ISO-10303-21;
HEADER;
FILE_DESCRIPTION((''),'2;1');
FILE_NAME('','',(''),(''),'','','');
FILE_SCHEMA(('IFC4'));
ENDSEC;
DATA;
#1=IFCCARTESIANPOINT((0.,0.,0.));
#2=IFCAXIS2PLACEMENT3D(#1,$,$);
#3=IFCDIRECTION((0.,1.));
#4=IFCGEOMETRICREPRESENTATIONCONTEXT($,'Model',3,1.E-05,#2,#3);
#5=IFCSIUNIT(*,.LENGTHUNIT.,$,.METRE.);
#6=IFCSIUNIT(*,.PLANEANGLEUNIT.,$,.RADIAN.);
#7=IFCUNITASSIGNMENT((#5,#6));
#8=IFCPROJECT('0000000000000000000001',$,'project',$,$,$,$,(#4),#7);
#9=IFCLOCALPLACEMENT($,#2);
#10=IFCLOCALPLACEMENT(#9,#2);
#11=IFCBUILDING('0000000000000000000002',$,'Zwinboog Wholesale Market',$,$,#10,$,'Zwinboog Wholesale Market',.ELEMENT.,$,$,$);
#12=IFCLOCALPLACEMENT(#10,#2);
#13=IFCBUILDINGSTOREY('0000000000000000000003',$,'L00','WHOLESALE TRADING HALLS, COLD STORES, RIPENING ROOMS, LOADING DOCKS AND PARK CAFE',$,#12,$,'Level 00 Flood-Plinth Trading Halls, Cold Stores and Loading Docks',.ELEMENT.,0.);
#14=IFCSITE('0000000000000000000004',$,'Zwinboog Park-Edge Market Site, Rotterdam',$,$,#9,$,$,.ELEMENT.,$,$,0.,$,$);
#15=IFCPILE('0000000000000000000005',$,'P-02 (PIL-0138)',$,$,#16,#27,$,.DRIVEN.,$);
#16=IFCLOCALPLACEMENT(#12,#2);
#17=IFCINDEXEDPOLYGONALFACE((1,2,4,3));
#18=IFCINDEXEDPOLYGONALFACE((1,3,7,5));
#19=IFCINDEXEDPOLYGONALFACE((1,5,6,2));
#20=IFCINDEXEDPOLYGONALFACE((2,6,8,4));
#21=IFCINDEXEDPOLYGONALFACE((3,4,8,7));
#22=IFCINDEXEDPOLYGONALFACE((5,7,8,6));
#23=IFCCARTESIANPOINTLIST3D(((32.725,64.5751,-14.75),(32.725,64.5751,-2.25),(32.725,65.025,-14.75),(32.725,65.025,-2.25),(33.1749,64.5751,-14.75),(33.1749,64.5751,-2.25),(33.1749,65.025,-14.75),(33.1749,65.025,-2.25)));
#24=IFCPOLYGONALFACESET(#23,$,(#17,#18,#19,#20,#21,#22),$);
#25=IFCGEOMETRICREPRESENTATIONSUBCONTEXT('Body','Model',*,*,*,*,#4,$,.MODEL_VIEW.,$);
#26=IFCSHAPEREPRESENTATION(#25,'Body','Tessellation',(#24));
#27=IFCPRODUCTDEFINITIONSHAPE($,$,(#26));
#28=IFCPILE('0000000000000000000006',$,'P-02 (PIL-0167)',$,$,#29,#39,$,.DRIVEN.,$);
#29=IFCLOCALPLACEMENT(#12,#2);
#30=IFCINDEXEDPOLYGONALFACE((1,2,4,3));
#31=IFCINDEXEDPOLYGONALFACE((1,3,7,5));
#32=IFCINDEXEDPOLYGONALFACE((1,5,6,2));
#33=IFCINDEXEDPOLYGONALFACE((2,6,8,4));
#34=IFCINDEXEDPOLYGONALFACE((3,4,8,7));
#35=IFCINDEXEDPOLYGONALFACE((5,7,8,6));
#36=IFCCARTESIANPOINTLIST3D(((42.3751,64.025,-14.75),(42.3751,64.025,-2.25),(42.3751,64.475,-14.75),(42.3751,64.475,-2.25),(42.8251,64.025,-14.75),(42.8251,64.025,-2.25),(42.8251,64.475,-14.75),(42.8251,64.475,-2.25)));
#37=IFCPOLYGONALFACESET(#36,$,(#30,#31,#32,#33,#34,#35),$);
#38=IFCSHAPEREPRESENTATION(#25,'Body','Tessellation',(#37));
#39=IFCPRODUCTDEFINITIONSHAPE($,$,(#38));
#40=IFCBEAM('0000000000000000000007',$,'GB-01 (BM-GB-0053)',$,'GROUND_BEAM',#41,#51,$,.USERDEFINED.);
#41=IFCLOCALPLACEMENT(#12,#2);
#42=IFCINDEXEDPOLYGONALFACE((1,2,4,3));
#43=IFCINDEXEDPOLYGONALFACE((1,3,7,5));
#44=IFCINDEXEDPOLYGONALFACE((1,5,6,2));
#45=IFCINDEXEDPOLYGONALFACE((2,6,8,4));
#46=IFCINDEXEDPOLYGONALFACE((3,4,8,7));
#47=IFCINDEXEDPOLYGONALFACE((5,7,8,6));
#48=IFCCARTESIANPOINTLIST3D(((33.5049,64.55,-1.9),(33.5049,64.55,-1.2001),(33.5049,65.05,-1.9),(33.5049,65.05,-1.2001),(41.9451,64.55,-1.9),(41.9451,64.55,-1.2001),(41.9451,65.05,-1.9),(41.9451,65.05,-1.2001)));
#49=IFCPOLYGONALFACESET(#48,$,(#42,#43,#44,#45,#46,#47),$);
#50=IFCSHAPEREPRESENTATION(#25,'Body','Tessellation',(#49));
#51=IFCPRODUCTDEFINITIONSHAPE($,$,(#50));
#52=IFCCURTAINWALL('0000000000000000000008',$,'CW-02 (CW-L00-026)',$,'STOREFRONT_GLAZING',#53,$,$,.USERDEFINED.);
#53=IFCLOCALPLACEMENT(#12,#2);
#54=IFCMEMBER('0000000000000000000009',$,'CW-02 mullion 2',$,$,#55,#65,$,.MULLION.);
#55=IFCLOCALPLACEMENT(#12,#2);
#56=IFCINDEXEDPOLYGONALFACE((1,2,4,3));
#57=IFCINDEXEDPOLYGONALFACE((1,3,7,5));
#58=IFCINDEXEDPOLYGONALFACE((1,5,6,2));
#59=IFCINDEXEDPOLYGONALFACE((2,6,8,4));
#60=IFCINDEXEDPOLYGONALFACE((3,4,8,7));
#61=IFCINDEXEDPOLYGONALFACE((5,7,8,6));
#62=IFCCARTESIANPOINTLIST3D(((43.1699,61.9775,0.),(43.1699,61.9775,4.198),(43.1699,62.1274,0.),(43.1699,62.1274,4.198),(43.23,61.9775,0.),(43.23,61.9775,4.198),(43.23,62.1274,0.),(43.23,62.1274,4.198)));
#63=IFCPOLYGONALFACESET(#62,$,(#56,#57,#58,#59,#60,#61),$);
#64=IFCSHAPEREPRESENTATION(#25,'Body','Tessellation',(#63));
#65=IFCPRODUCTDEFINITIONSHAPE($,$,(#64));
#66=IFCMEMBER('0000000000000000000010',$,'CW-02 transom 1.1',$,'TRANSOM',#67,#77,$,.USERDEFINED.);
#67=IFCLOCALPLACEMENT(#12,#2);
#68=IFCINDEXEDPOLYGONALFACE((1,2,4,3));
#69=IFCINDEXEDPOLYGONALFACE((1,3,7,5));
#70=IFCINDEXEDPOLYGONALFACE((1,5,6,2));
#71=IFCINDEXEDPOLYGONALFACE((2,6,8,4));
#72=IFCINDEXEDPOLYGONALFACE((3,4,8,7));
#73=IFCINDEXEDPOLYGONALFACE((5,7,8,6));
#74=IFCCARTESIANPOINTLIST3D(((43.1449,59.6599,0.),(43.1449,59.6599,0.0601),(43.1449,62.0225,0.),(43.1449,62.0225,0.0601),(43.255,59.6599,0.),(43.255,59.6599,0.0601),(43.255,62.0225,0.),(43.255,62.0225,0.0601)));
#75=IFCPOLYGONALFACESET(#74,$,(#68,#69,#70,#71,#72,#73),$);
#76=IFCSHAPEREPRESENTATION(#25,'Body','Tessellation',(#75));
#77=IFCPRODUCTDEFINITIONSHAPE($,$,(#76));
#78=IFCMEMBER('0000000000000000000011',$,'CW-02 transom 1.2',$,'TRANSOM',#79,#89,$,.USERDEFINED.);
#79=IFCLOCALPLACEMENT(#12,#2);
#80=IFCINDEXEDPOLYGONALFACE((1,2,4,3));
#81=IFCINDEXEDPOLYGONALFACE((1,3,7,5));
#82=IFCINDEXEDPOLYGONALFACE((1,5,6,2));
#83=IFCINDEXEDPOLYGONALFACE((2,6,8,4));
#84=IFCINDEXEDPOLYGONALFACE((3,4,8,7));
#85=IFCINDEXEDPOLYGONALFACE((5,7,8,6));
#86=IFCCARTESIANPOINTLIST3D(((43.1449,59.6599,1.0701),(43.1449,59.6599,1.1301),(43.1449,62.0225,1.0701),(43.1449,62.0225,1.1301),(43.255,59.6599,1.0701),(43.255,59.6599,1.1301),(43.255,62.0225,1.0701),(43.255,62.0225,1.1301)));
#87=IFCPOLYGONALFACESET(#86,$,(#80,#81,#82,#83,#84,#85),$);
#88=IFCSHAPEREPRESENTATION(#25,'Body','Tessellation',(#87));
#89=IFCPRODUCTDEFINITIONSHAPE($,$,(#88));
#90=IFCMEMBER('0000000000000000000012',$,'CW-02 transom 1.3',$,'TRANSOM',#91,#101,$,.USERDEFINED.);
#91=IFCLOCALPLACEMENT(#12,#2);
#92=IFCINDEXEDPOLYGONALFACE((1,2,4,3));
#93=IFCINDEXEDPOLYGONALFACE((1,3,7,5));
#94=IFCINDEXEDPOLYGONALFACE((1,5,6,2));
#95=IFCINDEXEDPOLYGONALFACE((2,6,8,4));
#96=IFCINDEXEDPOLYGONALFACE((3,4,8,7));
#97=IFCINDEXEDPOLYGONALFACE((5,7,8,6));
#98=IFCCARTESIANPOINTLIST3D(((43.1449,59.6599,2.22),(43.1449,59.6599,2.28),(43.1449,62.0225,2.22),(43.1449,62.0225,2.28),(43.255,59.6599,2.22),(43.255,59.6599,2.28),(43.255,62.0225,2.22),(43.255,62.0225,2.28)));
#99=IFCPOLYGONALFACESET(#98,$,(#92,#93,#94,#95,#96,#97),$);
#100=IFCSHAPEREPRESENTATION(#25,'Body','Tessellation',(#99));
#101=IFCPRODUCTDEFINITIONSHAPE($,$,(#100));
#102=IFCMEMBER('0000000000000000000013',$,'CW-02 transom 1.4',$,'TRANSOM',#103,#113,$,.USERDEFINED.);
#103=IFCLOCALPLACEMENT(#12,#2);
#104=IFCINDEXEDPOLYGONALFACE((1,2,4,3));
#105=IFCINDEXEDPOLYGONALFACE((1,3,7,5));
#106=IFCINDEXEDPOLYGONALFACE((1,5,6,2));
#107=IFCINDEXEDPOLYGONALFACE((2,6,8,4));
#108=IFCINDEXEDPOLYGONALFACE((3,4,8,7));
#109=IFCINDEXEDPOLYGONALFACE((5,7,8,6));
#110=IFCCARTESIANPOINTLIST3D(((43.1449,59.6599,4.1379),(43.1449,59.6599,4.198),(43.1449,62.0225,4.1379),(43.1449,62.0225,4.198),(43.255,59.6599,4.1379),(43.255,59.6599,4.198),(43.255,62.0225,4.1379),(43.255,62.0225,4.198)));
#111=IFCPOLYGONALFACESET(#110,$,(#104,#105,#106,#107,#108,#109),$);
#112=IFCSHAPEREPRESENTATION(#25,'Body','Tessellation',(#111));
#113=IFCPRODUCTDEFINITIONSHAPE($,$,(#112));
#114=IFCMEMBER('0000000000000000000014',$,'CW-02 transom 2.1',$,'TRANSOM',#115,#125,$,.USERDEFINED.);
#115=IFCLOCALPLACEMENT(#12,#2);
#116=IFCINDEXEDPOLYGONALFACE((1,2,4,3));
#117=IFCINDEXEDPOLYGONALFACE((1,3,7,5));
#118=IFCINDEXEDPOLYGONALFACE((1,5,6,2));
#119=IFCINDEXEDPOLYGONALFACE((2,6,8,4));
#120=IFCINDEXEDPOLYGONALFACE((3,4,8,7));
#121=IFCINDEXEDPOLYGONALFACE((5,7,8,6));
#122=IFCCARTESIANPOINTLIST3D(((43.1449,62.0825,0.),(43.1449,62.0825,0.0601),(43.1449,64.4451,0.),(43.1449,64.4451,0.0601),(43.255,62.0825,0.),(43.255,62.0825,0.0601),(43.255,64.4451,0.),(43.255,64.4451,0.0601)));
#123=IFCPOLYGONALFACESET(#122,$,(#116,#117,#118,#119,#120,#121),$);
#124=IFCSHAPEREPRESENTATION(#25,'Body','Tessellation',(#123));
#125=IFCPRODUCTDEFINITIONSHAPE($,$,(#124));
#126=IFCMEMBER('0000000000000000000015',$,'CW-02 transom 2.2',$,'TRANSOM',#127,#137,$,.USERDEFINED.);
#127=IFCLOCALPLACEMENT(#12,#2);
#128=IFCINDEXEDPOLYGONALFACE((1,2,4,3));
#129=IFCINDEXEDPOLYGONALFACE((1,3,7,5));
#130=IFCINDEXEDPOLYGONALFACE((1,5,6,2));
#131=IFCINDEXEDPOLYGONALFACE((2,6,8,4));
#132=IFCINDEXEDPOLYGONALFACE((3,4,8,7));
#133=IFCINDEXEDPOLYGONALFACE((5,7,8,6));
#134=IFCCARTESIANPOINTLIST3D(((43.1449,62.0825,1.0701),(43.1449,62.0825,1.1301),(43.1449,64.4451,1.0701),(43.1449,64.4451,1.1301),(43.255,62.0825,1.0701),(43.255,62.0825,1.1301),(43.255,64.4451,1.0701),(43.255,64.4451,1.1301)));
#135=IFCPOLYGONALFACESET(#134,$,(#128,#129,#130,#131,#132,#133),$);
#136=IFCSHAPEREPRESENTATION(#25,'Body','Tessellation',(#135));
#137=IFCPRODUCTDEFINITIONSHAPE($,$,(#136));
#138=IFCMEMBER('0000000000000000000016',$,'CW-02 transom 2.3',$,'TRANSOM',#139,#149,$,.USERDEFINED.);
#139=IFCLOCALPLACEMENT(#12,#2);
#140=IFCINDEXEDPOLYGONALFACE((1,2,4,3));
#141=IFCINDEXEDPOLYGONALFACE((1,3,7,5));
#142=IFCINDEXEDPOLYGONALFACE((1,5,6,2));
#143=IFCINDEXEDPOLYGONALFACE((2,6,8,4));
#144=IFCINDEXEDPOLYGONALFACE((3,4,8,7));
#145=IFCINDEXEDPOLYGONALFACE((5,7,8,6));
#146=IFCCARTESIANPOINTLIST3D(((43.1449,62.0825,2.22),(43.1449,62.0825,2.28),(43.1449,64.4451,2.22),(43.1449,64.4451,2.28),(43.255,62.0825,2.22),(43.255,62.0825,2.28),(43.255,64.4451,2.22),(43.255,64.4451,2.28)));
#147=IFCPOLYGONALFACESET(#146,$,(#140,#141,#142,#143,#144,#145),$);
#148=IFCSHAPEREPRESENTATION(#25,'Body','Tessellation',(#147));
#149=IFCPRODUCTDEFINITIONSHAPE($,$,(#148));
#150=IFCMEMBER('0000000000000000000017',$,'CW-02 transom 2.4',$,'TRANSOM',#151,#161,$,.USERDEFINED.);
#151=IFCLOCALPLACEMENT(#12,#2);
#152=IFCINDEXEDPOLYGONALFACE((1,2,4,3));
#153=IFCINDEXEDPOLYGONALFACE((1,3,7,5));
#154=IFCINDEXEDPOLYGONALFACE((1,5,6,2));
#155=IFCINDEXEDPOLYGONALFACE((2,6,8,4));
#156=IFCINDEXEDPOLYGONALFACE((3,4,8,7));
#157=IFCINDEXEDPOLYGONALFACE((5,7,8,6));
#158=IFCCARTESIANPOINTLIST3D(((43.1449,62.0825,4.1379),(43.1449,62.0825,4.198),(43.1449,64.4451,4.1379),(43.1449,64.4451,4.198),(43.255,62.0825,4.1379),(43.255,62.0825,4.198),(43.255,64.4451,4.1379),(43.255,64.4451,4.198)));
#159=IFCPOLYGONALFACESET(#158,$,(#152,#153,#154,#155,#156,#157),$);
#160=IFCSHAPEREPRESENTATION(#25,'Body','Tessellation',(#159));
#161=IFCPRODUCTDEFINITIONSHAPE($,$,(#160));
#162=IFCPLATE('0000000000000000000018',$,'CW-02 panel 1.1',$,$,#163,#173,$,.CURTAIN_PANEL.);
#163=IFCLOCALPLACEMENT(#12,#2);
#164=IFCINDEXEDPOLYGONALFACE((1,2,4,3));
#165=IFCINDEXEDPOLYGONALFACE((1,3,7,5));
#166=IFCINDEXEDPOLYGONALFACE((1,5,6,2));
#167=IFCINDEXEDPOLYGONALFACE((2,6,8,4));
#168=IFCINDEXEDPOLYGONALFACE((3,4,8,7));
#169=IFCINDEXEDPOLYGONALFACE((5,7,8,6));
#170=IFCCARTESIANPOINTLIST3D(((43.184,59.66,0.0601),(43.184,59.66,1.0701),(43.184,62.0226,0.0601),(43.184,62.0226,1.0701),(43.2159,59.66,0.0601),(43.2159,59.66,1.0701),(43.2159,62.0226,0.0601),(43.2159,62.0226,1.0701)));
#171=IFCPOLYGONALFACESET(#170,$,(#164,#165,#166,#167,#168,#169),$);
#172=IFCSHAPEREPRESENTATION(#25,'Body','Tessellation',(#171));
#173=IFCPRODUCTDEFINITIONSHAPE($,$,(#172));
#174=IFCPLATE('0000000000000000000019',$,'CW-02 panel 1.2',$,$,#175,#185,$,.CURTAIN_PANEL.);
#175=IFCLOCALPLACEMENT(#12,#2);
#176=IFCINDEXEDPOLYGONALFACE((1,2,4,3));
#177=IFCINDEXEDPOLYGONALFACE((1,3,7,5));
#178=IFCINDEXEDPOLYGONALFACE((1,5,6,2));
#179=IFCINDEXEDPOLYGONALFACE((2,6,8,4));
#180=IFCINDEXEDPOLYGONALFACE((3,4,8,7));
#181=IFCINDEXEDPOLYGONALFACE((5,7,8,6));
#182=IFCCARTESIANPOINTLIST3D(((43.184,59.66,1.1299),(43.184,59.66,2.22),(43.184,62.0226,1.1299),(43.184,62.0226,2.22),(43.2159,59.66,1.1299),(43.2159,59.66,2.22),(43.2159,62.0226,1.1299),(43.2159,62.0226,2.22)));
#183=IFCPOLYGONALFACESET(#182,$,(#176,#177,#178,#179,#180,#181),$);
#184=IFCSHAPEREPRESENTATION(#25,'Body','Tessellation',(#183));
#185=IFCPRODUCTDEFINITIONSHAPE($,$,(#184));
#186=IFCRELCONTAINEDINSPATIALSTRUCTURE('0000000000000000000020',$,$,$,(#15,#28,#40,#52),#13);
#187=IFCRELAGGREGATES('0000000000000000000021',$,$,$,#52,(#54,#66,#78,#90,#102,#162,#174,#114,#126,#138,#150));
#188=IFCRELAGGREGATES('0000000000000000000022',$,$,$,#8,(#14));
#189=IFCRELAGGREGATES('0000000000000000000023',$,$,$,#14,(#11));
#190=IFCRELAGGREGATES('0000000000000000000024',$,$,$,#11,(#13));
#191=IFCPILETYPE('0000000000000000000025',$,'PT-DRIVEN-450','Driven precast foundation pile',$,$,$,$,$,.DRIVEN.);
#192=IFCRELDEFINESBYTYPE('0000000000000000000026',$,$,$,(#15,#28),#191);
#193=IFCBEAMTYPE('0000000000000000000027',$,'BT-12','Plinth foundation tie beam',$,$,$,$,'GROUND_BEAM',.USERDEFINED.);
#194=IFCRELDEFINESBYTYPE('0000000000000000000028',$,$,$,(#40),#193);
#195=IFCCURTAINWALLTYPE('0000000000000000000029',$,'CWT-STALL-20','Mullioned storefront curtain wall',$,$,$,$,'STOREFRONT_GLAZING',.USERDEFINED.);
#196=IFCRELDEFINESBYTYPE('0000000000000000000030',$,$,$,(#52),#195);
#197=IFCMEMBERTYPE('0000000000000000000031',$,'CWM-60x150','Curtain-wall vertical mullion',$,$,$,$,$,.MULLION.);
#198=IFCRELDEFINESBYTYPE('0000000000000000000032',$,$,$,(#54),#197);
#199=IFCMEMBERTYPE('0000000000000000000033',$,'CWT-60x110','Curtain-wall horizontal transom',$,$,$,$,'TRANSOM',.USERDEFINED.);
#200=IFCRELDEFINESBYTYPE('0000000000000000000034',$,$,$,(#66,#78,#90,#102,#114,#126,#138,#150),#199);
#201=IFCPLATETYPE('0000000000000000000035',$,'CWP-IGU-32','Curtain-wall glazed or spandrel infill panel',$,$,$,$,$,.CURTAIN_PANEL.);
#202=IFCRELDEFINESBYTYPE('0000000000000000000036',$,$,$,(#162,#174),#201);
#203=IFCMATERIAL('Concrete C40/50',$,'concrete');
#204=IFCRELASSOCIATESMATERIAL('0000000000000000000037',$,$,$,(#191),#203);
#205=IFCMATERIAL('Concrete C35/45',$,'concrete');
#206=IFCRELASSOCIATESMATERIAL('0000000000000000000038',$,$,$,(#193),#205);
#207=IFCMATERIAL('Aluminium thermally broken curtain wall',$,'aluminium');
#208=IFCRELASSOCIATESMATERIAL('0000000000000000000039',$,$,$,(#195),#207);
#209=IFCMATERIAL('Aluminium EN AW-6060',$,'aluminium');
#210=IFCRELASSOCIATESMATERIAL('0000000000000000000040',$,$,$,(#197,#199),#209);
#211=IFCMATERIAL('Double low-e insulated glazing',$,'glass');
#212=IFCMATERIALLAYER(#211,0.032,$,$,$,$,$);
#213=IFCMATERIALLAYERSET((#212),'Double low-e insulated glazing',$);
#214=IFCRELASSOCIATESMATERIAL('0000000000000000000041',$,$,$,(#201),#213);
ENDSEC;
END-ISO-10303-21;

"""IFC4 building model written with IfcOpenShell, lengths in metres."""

from ifc_helpers import new_model, si_unit, direction, frame, origin, origin_2d, place, context, subcontext, project, spatial, rectangle, extrude, material, layer, layer_set, material_profile, profile_set, type_object, element, aggregate, save


model = new_model("IFC4")

# Units and contexts
model_context = context("Model", 3, precision=1e-05, world=origin(), true_north=direction((0.0, 1.0)))
body_context = subcontext(model_context, "Body", "Model", "MODEL_VIEW")
ifc_project = project(units=[si_unit("LENGTHUNIT", "METRE"), si_unit("PLANEANGLEUNIT", "RADIAN")], contexts=[model_context])

# Site, building, storey
site_placement = place(None, origin())
site = spatial("IfcSite", under=ifc_project, at=site_placement, Name="Zwinboog Park-Edge Market Site, Rotterdam", CompositionType="ELEMENT", RefElevation=0.0)
building_placement = place(site_placement, origin())
building = spatial("IfcBuilding", under=site, at=building_placement, Name="Zwinboog Wholesale Market", LongName="Zwinboog Wholesale Market", CompositionType="ELEMENT")
storey_placement = place(building_placement, origin())
storey = spatial("IfcBuildingStorey", under=building, at=storey_placement, Name="L00", Description="WHOLESALE TRADING HALLS, COLD STORES, RIPENING ROOMS, LOADING DOCKS AND PARK CAFE", LongName="Level 00 Flood-Plinth Trading Halls, Cold Stores and Loading Docks", CompositionType="ELEMENT", Elevation=0.0)

# Piles
ifc_material_1 = material(Name="Concrete C40/50", Category="concrete")
ifc_material_profile_1 = material_profile(ifc_material_1, rectangle(XDim=0.45, YDim=0.45, at=origin_2d()), Name="PILE SQ450")
ifc_profile_set_1 = profile_set([ifc_material_profile_1], Name="Concrete C40/50")
pile_type = type_object("IfcPileType", Name="PT-DRIVEN-450", Description="Driven precast foundation pile", PredefinedType="DRIVEN", material=ifc_profile_set_1)
for number, where, z_axis, x_axis, name in (
    (1, (32.95, 64.8, -2.25), (0.0, 0.0, -1.0), (1.0, 0.0, 0.0), "P-02 (PIL-0138)"),
    (2, (42.6001, 64.25, -2.25), (0.0, 0.0, -1.0), (1.0, 0.0, 0.0), "P-02 (PIL-0167)"),
):
    element("IfcPile", number, at=place(storey_placement, frame(where, z_axis=z_axis, x_axis=x_axis)), inside=storey, type_object=pile_type, Name=name, PredefinedType="DRIVEN", context=body_context, shape_type="SweptSolid", body=[
        extrude(rectangle(XDim=0.45, YDim=0.45, at=origin_2d()), origin(), (0.0, 0.0, 1.0), 12.5),
    ])

# Beam
ifc_material_2 = material(Name="Concrete C35/45", Category="concrete")
ifc_material_profile_2 = material_profile(ifc_material_2, rectangle(XDim=0.5, YDim=0.7, at=origin_2d()), Name="RC 500x700")
ifc_profile_set_2 = profile_set([ifc_material_profile_2], Name="Concrete C35/45")
beam_type = type_object("IfcBeamType", Name="BT-12", Description="Plinth foundation tie beam", ElementType="GROUND_BEAM", PredefinedType="USERDEFINED", material=ifc_profile_set_2)
beam_placement = place(storey_placement, frame((33.5049, 64.8, -1.55), z_axis=(1.0, 0.0, 0.0), x_axis=(0.0, 1.0, 0.0)))
element("IfcBeam", 3, at=beam_placement, inside=storey, type_object=beam_type, Name="GB-01 (BM-GB-0053)", ObjectType="GROUND_BEAM", PredefinedType="USERDEFINED", context=body_context, shape_type="SweptSolid", body=[
    extrude(rectangle(XDim=0.5, YDim=0.7, at=origin_2d()), origin(), (0.0, 0.0, 1.0), 8.4402),
])

# Curtain wall, members, plates
ifc_material_3 = material(Name="Aluminium thermally broken curtain wall", Category="aluminium")
curtain_wall_type = type_object("IfcCurtainWallType", Name="CWT-STALL-20", Description="Mullioned storefront curtain wall", ElementType="STOREFRONT_GLAZING", PredefinedType="USERDEFINED", material=ifc_material_3)
curtain_wall_placement = place(storey_placement, origin())
curtain_wall = element("IfcCurtainWall", 4, at=curtain_wall_placement, inside=storey, type_object=curtain_wall_type, Name="CW-02 (CW-L00-026)", ObjectType="STOREFRONT_GLAZING", PredefinedType="USERDEFINED")
ifc_material_4 = material(Name="Aluminium EN AW-6060", Category="aluminium")
ifc_material_profile_3 = material_profile(ifc_material_4, rectangle(XDim=0.0601, YDim=0.1499, at=origin_2d()), Name="AL 60x150")
ifc_profile_set_3 = profile_set([ifc_material_profile_3], Name="Aluminium EN AW-6060")
member_type_1 = type_object("IfcMemberType", Name="CWM-60x150", Description="Curtain-wall vertical mullion", PredefinedType="MULLION", material=ifc_profile_set_3)
member_1_placement = place(storey_placement, frame((43.2, 62.0525, 0.0), z_axis=(0.0, 0.0, 1.0), x_axis=(-1.0, 0.0, 0.0)))
member_1 = element("IfcMember", 5, at=member_1_placement, type_object=member_type_1, Name="CW-02 mullion 2", PredefinedType="MULLION", context=body_context, shape_type="SweptSolid", body=[
    extrude(rectangle(XDim=0.0601, YDim=0.1499, at=origin_2d()), origin(), (0.0, 0.0, 1.0), 4.198),
])
ifc_material_profile_4 = material_profile(ifc_material_4, rectangle(XDim=0.1101, YDim=0.0601, at=origin_2d()), Name="AL 60x110")
ifc_profile_set_4 = profile_set([ifc_material_profile_4], Name="Aluminium EN AW-6060")
member_type_2 = type_object("IfcMemberType", Name="CWT-60x110", Description="Curtain-wall horizontal transom", ElementType="TRANSOM", PredefinedType="USERDEFINED", material=ifc_profile_set_4)
member_2_placement = place(storey_placement, frame((43.2, 59.6599, 0.03), z_axis=(0.0, 1.0, 0.0), x_axis=(-1.0, 0.0, 0.0)))
member_2 = element("IfcMember", 6, at=member_2_placement, type_object=member_type_2, Name="CW-02 transom 1.1", ObjectType="TRANSOM", PredefinedType="USERDEFINED", context=body_context, shape_type="SweptSolid", body=[
    extrude(rectangle(XDim=0.1101, YDim=0.0601, at=origin_2d()), origin(), (0.0, 0.0, 1.0), 2.3625),
])
member_3_placement = place(storey_placement, frame((43.2, 59.6599, 1.1001), z_axis=(0.0, 1.0, 0.0), x_axis=(-1.0, 0.0, 0.0)))
member_3 = element("IfcMember", 7, at=member_3_placement, type_object=member_type_2, Name="CW-02 transom 1.2", ObjectType="TRANSOM", PredefinedType="USERDEFINED", context=body_context, shape_type="SweptSolid", body=[
    extrude(rectangle(XDim=0.1101, YDim=0.0601, at=origin_2d()), origin(), (0.0, 0.0, 1.0), 2.3625),
])
member_4_placement = place(storey_placement, frame((43.2, 59.6599, 2.25), z_axis=(0.0, 1.0, 0.0), x_axis=(-1.0, 0.0, 0.0)))
member_4 = element("IfcMember", 8, at=member_4_placement, type_object=member_type_2, Name="CW-02 transom 1.3", ObjectType="TRANSOM", PredefinedType="USERDEFINED", context=body_context, shape_type="SweptSolid", body=[
    extrude(rectangle(XDim=0.1101, YDim=0.0601, at=origin_2d()), origin(), (0.0, 0.0, 1.0), 2.3625),
])
member_5_placement = place(storey_placement, frame((43.2, 59.6599, 4.168), z_axis=(0.0, 1.0, 0.0), x_axis=(-1.0, 0.0, 0.0)))
member_5 = element("IfcMember", 9, at=member_5_placement, type_object=member_type_2, Name="CW-02 transom 1.4", ObjectType="TRANSOM", PredefinedType="USERDEFINED", context=body_context, shape_type="SweptSolid", body=[
    extrude(rectangle(XDim=0.1101, YDim=0.0601, at=origin_2d()), origin(), (0.0, 0.0, 1.0), 2.3625),
])
member_6_placement = place(storey_placement, frame((43.2, 62.0825, 0.03), z_axis=(0.0, 1.0, 0.0), x_axis=(-1.0, 0.0, 0.0)))
member_6 = element("IfcMember", 10, at=member_6_placement, type_object=member_type_2, Name="CW-02 transom 2.1", ObjectType="TRANSOM", PredefinedType="USERDEFINED", context=body_context, shape_type="SweptSolid", body=[
    extrude(rectangle(XDim=0.1101, YDim=0.0601, at=origin_2d()), origin(), (0.0, 0.0, 1.0), 2.3625),
])
member_7_placement = place(storey_placement, frame((43.2, 62.0825, 1.1001), z_axis=(0.0, 1.0, 0.0), x_axis=(-1.0, 0.0, 0.0)))
member_7 = element("IfcMember", 11, at=member_7_placement, type_object=member_type_2, Name="CW-02 transom 2.2", ObjectType="TRANSOM", PredefinedType="USERDEFINED", context=body_context, shape_type="SweptSolid", body=[
    extrude(rectangle(XDim=0.1101, YDim=0.0601, at=origin_2d()), origin(), (0.0, 0.0, 1.0), 2.3625),
])
member_8_placement = place(storey_placement, frame((43.2, 62.0825, 2.25), z_axis=(0.0, 1.0, 0.0), x_axis=(-1.0, 0.0, 0.0)))
member_8 = element("IfcMember", 12, at=member_8_placement, type_object=member_type_2, Name="CW-02 transom 2.3", ObjectType="TRANSOM", PredefinedType="USERDEFINED", context=body_context, shape_type="SweptSolid", body=[
    extrude(rectangle(XDim=0.1101, YDim=0.0601, at=origin_2d()), origin(), (0.0, 0.0, 1.0), 2.3625),
])
member_9_placement = place(storey_placement, frame((43.2, 62.0825, 4.168), z_axis=(0.0, 1.0, 0.0), x_axis=(-1.0, 0.0, 0.0)))
member_9 = element("IfcMember", 13, at=member_9_placement, type_object=member_type_2, Name="CW-02 transom 2.4", ObjectType="TRANSOM", PredefinedType="USERDEFINED", context=body_context, shape_type="SweptSolid", body=[
    extrude(rectangle(XDim=0.1101, YDim=0.0601, at=origin_2d()), origin(), (0.0, 0.0, 1.0), 2.3625),
])
ifc_material_5 = material(Name="Double low-e insulated glazing", Category="glass")
ifc_layer_1 = layer(ifc_material_5, 0.032)
ifc_layer_set_1 = layer_set([ifc_layer_1], Name="Double low-e insulated glazing")
plate_type = type_object("IfcPlateType", Name="CWP-IGU-32", Description="Curtain-wall glazed or spandrel infill panel", PredefinedType="CURTAIN_PANEL", material=ifc_layer_set_1)
plate_1_placement = place(storey_placement, frame((43.2, 60.8413, 0.0601), z_axis=(0.0, 0.0, 1.0), x_axis=(0.0, 1.0, 0.0)))
plate_1 = element("IfcPlate", 14, at=plate_1_placement, type_object=plate_type, Name="CW-02 panel 1.1", PredefinedType="CURTAIN_PANEL", context=body_context, shape_type="SweptSolid", body=[
    extrude(rectangle(XDim=2.3625, YDim=0.032, at=origin_2d()), origin(), (0.0, 0.0, 1.0), 1.01),
])
plate_2_placement = place(storey_placement, frame((43.2, 60.8413, 1.1299), z_axis=(0.0, 0.0, 1.0), x_axis=(0.0, 1.0, 0.0)))
plate_2 = element("IfcPlate", 15, at=plate_2_placement, type_object=plate_type, Name="CW-02 panel 1.2", PredefinedType="CURTAIN_PANEL", context=body_context, shape_type="SweptSolid", body=[
    extrude(rectangle(XDim=2.3625, YDim=0.032, at=origin_2d()), origin(), (0.0, 0.0, 1.0), 1.0901),
])
aggregate(curtain_wall, [member_1, member_2, member_3, member_4, member_5, plate_1, plate_2, member_6, member_7, member_8, member_9])

save(model, "model.ifc")
